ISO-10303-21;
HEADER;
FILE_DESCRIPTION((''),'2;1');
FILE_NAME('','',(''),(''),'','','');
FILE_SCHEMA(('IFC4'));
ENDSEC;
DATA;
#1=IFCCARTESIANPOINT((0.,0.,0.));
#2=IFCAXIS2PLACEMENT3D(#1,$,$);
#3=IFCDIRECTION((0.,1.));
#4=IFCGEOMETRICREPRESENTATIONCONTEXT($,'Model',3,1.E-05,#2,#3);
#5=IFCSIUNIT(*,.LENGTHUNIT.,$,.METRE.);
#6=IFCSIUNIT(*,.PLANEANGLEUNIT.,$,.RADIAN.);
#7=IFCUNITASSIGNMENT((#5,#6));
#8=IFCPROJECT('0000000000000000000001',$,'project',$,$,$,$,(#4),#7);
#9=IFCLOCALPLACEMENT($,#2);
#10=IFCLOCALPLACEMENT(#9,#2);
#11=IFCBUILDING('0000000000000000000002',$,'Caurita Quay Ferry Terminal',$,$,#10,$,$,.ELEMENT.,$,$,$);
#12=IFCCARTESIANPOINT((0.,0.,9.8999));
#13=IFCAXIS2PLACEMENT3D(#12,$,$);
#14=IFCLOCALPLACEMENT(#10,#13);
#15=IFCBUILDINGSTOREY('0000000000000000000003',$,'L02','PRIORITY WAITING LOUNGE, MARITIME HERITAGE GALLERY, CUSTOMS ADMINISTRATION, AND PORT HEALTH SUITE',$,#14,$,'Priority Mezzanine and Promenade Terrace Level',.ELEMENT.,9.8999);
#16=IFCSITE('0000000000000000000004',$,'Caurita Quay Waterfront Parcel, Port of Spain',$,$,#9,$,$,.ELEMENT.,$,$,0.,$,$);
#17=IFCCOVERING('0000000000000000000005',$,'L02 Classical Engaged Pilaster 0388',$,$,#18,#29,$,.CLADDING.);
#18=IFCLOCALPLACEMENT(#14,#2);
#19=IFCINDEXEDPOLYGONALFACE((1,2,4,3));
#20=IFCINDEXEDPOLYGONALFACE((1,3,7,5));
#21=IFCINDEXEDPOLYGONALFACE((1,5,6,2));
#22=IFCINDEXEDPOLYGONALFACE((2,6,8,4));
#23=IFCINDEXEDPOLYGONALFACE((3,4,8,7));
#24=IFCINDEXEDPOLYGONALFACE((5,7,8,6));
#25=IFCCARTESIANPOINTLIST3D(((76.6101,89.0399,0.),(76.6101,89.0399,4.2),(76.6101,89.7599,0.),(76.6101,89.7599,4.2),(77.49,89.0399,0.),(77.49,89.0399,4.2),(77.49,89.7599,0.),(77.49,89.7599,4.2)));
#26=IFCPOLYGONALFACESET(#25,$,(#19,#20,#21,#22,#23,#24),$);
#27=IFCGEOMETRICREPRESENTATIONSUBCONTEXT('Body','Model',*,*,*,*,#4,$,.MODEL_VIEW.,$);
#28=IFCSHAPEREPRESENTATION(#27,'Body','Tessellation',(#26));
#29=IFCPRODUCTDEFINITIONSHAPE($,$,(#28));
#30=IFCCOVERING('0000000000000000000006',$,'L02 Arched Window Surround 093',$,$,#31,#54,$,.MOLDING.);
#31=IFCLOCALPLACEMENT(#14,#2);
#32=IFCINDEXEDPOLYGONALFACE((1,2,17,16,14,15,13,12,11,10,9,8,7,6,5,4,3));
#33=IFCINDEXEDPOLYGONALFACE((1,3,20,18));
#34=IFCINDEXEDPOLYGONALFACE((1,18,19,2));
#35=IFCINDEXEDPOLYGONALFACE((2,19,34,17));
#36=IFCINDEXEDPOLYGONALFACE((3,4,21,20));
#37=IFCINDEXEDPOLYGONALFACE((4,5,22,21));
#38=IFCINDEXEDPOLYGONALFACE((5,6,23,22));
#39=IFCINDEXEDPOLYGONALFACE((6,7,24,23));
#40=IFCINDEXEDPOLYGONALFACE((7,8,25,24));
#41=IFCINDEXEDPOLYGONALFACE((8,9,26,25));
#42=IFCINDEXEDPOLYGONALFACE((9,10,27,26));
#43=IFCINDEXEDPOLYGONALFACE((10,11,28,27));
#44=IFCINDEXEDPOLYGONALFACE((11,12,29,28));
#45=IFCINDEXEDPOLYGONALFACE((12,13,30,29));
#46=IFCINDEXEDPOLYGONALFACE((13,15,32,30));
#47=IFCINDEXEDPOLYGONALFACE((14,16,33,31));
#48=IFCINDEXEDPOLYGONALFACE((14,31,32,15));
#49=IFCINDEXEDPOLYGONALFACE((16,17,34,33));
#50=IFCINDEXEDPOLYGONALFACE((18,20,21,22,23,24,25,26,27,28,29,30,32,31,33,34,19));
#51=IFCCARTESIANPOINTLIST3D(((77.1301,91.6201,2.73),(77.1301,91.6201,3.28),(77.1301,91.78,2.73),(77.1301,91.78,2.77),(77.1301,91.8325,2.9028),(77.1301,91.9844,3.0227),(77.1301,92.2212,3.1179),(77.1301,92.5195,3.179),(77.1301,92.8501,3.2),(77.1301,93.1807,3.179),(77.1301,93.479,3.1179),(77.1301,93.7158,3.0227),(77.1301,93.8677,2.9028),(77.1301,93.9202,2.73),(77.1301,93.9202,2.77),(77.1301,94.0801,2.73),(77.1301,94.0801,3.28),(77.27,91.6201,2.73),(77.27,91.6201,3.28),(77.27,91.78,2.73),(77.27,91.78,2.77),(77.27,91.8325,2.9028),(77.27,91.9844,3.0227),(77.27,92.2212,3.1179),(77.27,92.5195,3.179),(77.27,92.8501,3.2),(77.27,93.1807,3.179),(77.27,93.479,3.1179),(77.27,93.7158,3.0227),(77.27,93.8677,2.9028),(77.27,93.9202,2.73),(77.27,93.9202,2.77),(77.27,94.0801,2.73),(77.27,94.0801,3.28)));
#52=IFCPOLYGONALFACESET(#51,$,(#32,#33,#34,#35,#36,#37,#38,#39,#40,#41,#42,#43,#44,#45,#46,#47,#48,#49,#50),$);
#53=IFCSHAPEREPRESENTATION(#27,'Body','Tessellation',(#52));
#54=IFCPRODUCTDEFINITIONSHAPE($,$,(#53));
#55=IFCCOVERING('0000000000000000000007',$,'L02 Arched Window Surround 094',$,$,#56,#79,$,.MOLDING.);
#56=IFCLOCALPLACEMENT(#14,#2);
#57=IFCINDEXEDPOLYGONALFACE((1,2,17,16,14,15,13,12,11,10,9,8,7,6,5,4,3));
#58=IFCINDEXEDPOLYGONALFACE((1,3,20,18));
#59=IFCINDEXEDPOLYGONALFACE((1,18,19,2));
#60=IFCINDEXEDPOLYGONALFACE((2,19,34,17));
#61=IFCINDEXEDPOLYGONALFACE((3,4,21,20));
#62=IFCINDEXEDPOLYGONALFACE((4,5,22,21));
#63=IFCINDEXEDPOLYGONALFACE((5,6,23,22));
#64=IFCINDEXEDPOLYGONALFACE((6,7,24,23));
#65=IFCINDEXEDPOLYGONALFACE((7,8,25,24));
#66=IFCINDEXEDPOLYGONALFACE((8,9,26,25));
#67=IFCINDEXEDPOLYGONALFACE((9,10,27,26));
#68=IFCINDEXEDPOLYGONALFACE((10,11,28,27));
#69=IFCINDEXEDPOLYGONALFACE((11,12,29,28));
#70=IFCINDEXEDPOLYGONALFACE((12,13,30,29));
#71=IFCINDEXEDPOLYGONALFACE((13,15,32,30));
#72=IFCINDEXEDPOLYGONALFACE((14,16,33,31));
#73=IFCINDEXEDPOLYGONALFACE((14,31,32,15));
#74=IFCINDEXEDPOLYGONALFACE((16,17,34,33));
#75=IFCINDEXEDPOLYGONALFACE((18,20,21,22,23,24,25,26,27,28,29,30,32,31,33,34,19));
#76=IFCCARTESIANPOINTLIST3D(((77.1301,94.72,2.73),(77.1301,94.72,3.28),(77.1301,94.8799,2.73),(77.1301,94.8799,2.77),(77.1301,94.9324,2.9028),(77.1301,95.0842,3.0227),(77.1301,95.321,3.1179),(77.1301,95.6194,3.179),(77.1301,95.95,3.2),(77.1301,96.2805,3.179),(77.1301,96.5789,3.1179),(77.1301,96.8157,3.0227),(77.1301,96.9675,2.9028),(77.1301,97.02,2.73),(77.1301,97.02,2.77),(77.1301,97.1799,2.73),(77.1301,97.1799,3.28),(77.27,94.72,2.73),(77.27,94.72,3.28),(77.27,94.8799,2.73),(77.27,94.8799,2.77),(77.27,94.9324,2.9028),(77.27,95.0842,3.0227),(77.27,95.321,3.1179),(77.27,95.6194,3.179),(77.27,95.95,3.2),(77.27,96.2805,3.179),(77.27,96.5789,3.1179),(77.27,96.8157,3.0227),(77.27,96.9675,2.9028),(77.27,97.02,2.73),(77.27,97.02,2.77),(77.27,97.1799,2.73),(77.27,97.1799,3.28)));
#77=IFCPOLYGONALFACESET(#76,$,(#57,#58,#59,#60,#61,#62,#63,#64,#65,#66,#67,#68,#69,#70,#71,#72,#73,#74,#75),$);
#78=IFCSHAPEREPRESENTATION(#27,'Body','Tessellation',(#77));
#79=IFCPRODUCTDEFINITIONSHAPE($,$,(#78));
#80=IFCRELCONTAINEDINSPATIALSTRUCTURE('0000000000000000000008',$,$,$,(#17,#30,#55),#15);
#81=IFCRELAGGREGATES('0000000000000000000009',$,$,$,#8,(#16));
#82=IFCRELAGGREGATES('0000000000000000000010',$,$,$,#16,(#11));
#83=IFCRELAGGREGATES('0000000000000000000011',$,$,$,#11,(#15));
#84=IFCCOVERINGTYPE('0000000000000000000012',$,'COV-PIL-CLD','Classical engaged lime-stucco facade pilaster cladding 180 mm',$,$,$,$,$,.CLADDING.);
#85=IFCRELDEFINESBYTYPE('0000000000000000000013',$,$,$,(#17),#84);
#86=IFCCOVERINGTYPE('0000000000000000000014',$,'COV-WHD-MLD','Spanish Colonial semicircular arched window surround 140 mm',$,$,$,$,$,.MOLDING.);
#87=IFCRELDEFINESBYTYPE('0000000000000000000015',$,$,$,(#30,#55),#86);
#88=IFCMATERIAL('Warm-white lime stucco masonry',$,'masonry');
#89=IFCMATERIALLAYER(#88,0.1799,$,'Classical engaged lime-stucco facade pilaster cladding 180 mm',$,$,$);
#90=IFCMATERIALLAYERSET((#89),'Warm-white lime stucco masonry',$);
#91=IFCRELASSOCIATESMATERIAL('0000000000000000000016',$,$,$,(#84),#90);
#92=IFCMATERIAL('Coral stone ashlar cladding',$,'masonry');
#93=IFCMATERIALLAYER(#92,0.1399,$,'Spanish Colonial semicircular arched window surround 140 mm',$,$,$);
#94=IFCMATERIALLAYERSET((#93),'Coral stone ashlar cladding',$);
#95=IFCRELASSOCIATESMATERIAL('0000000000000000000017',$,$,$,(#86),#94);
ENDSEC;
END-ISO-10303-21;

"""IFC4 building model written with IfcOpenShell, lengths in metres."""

from ifc_helpers import new_model, si_unit, direction, frame, origin, origin_2d, place, context, subcontext, project, spatial, polyline, rectangle, outline, extrude, material, layer, layer_set, type_object, element, save


model = new_model("IFC4")

# Units and contexts
model_context = context("Model", 3, precision=1e-05, world=origin(), true_north=direction((0.0, 1.0)))
body_context = subcontext(model_context, "Body", "Model", "MODEL_VIEW")
ifc_project = project(units=[si_unit("LENGTHUNIT", "METRE"), si_unit("PLANEANGLEUNIT", "RADIAN")], contexts=[model_context])

# Site, building, storey
site_placement = place(None, origin())
site = spatial("IfcSite", under=ifc_project, at=site_placement, Name="Caurita Quay Waterfront Parcel, Port of Spain", CompositionType="ELEMENT", RefElevation=0.0)
building_placement = place(site_placement, origin())
building = spatial("IfcBuilding", under=site, at=building_placement, Name="Caurita Quay Ferry Terminal", CompositionType="ELEMENT")
storey_placement = place(building_placement, frame((0.0, 0.0, 9.8999)))
storey = spatial("IfcBuildingStorey", under=building, at=storey_placement, Name="L02", Description="PRIORITY WAITING LOUNGE, MARITIME HERITAGE GALLERY, CUSTOMS ADMINISTRATION, AND PORT HEALTH SUITE", LongName="Priority Mezzanine and Promenade Terrace Level", CompositionType="ELEMENT", Elevation=9.8999)

# Shared definitions
ifc_material_1 = material(Name="Warm-white lime stucco masonry", Category="masonry")

# Coverings
ifc_layer_1 = layer(ifc_material_1, 0.1799, Name="Classical engaged lime-stucco facade pilaster cladding 180 mm")
ifc_layer_set_1 = layer_set([ifc_layer_1], Name="Warm-white lime stucco masonry")
covering_type_1 = type_object("IfcCoveringType", Name="COV-PIL-CLD", Description="Classical engaged lime-stucco facade pilaster cladding 180 mm", PredefinedType="CLADDING", material=ifc_layer_set_1)
for number, where, z_axis, x_axis, name in (
    (1, (77.05, 89.3999, 0.0), (0.0, 0.0, 1.0), (1.0, 0.0, 0.0), "L02 Classical Engaged Pilaster 0388"),
):
    element("IfcCovering", number, at=place(storey_placement, frame(where, z_axis=z_axis, x_axis=x_axis)), inside=storey, type_object=covering_type_1, Name=name, PredefinedType="CLADDING", context=body_context, shape_type="SweptSolid", body=[
        extrude(rectangle(XDim=0.8799, YDim=0.72, at=origin_2d()), origin(), (0.0, 0.0, 1.0), 4.2),
    ])
ifc_material_2 = material(Name="Coral stone ashlar cladding", Category="masonry")
ifc_layer_2 = layer(ifc_material_2, 0.1399, Name="Spanish Colonial semicircular arched window surround 140 mm")
ifc_layer_set_2 = layer_set([ifc_layer_2], Name="Coral stone ashlar cladding")
covering_type_2 = type_object("IfcCoveringType", Name="COV-WHD-MLD", Description="Spanish Colonial semicircular arched window surround 140 mm", PredefinedType="MOLDING", material=ifc_layer_set_2)
for number, where, z_axis, x_axis, name in (
    (2, (77.2, 91.6201, 2.73), (0.0, 0.0, 1.0), (0.0, 1.0, 0.0), "L02 Arched Window Surround 093"),
    (3, (77.2, 94.72, 2.73), (0.0, 0.0, 1.0), (0.0, 1.0, 0.0), "L02 Arched Window Surround 094"),
):
    element("IfcCovering", number, at=place(storey_placement, frame(where, z_axis=z_axis, x_axis=x_axis)), inside=storey, type_object=covering_type_2, Name=name, PredefinedType="MOLDING", context=body_context, shape_type="SweptSolid", body=[
        extrude(outline(polyline([(0.0, 0.0), (0.1599, 0.0), (0.1599, 0.04), (0.2124, 0.1729), (0.3643, 0.2927), (0.6011, 0.3879), (0.8994, 0.449), (1.23, 0.47), (1.5605, 0.449), (1.8589, 0.3879), (2.0957, 0.2927), (2.2476, 0.1729), (2.3, 0.04), (2.3, 0.0), (2.46, 0.0), (2.46, 0.55), (0.0, 0.55), (0.0, 0.0)])), frame((0.0, 0.0698, 0.0), z_axis=(0.0, -1.0, 0.0), x_axis=(1.0, 0.0, 0.0)), (0.0, 0.0, 1.0), 0.1399),
    ])

save(model, "model.ifc")
